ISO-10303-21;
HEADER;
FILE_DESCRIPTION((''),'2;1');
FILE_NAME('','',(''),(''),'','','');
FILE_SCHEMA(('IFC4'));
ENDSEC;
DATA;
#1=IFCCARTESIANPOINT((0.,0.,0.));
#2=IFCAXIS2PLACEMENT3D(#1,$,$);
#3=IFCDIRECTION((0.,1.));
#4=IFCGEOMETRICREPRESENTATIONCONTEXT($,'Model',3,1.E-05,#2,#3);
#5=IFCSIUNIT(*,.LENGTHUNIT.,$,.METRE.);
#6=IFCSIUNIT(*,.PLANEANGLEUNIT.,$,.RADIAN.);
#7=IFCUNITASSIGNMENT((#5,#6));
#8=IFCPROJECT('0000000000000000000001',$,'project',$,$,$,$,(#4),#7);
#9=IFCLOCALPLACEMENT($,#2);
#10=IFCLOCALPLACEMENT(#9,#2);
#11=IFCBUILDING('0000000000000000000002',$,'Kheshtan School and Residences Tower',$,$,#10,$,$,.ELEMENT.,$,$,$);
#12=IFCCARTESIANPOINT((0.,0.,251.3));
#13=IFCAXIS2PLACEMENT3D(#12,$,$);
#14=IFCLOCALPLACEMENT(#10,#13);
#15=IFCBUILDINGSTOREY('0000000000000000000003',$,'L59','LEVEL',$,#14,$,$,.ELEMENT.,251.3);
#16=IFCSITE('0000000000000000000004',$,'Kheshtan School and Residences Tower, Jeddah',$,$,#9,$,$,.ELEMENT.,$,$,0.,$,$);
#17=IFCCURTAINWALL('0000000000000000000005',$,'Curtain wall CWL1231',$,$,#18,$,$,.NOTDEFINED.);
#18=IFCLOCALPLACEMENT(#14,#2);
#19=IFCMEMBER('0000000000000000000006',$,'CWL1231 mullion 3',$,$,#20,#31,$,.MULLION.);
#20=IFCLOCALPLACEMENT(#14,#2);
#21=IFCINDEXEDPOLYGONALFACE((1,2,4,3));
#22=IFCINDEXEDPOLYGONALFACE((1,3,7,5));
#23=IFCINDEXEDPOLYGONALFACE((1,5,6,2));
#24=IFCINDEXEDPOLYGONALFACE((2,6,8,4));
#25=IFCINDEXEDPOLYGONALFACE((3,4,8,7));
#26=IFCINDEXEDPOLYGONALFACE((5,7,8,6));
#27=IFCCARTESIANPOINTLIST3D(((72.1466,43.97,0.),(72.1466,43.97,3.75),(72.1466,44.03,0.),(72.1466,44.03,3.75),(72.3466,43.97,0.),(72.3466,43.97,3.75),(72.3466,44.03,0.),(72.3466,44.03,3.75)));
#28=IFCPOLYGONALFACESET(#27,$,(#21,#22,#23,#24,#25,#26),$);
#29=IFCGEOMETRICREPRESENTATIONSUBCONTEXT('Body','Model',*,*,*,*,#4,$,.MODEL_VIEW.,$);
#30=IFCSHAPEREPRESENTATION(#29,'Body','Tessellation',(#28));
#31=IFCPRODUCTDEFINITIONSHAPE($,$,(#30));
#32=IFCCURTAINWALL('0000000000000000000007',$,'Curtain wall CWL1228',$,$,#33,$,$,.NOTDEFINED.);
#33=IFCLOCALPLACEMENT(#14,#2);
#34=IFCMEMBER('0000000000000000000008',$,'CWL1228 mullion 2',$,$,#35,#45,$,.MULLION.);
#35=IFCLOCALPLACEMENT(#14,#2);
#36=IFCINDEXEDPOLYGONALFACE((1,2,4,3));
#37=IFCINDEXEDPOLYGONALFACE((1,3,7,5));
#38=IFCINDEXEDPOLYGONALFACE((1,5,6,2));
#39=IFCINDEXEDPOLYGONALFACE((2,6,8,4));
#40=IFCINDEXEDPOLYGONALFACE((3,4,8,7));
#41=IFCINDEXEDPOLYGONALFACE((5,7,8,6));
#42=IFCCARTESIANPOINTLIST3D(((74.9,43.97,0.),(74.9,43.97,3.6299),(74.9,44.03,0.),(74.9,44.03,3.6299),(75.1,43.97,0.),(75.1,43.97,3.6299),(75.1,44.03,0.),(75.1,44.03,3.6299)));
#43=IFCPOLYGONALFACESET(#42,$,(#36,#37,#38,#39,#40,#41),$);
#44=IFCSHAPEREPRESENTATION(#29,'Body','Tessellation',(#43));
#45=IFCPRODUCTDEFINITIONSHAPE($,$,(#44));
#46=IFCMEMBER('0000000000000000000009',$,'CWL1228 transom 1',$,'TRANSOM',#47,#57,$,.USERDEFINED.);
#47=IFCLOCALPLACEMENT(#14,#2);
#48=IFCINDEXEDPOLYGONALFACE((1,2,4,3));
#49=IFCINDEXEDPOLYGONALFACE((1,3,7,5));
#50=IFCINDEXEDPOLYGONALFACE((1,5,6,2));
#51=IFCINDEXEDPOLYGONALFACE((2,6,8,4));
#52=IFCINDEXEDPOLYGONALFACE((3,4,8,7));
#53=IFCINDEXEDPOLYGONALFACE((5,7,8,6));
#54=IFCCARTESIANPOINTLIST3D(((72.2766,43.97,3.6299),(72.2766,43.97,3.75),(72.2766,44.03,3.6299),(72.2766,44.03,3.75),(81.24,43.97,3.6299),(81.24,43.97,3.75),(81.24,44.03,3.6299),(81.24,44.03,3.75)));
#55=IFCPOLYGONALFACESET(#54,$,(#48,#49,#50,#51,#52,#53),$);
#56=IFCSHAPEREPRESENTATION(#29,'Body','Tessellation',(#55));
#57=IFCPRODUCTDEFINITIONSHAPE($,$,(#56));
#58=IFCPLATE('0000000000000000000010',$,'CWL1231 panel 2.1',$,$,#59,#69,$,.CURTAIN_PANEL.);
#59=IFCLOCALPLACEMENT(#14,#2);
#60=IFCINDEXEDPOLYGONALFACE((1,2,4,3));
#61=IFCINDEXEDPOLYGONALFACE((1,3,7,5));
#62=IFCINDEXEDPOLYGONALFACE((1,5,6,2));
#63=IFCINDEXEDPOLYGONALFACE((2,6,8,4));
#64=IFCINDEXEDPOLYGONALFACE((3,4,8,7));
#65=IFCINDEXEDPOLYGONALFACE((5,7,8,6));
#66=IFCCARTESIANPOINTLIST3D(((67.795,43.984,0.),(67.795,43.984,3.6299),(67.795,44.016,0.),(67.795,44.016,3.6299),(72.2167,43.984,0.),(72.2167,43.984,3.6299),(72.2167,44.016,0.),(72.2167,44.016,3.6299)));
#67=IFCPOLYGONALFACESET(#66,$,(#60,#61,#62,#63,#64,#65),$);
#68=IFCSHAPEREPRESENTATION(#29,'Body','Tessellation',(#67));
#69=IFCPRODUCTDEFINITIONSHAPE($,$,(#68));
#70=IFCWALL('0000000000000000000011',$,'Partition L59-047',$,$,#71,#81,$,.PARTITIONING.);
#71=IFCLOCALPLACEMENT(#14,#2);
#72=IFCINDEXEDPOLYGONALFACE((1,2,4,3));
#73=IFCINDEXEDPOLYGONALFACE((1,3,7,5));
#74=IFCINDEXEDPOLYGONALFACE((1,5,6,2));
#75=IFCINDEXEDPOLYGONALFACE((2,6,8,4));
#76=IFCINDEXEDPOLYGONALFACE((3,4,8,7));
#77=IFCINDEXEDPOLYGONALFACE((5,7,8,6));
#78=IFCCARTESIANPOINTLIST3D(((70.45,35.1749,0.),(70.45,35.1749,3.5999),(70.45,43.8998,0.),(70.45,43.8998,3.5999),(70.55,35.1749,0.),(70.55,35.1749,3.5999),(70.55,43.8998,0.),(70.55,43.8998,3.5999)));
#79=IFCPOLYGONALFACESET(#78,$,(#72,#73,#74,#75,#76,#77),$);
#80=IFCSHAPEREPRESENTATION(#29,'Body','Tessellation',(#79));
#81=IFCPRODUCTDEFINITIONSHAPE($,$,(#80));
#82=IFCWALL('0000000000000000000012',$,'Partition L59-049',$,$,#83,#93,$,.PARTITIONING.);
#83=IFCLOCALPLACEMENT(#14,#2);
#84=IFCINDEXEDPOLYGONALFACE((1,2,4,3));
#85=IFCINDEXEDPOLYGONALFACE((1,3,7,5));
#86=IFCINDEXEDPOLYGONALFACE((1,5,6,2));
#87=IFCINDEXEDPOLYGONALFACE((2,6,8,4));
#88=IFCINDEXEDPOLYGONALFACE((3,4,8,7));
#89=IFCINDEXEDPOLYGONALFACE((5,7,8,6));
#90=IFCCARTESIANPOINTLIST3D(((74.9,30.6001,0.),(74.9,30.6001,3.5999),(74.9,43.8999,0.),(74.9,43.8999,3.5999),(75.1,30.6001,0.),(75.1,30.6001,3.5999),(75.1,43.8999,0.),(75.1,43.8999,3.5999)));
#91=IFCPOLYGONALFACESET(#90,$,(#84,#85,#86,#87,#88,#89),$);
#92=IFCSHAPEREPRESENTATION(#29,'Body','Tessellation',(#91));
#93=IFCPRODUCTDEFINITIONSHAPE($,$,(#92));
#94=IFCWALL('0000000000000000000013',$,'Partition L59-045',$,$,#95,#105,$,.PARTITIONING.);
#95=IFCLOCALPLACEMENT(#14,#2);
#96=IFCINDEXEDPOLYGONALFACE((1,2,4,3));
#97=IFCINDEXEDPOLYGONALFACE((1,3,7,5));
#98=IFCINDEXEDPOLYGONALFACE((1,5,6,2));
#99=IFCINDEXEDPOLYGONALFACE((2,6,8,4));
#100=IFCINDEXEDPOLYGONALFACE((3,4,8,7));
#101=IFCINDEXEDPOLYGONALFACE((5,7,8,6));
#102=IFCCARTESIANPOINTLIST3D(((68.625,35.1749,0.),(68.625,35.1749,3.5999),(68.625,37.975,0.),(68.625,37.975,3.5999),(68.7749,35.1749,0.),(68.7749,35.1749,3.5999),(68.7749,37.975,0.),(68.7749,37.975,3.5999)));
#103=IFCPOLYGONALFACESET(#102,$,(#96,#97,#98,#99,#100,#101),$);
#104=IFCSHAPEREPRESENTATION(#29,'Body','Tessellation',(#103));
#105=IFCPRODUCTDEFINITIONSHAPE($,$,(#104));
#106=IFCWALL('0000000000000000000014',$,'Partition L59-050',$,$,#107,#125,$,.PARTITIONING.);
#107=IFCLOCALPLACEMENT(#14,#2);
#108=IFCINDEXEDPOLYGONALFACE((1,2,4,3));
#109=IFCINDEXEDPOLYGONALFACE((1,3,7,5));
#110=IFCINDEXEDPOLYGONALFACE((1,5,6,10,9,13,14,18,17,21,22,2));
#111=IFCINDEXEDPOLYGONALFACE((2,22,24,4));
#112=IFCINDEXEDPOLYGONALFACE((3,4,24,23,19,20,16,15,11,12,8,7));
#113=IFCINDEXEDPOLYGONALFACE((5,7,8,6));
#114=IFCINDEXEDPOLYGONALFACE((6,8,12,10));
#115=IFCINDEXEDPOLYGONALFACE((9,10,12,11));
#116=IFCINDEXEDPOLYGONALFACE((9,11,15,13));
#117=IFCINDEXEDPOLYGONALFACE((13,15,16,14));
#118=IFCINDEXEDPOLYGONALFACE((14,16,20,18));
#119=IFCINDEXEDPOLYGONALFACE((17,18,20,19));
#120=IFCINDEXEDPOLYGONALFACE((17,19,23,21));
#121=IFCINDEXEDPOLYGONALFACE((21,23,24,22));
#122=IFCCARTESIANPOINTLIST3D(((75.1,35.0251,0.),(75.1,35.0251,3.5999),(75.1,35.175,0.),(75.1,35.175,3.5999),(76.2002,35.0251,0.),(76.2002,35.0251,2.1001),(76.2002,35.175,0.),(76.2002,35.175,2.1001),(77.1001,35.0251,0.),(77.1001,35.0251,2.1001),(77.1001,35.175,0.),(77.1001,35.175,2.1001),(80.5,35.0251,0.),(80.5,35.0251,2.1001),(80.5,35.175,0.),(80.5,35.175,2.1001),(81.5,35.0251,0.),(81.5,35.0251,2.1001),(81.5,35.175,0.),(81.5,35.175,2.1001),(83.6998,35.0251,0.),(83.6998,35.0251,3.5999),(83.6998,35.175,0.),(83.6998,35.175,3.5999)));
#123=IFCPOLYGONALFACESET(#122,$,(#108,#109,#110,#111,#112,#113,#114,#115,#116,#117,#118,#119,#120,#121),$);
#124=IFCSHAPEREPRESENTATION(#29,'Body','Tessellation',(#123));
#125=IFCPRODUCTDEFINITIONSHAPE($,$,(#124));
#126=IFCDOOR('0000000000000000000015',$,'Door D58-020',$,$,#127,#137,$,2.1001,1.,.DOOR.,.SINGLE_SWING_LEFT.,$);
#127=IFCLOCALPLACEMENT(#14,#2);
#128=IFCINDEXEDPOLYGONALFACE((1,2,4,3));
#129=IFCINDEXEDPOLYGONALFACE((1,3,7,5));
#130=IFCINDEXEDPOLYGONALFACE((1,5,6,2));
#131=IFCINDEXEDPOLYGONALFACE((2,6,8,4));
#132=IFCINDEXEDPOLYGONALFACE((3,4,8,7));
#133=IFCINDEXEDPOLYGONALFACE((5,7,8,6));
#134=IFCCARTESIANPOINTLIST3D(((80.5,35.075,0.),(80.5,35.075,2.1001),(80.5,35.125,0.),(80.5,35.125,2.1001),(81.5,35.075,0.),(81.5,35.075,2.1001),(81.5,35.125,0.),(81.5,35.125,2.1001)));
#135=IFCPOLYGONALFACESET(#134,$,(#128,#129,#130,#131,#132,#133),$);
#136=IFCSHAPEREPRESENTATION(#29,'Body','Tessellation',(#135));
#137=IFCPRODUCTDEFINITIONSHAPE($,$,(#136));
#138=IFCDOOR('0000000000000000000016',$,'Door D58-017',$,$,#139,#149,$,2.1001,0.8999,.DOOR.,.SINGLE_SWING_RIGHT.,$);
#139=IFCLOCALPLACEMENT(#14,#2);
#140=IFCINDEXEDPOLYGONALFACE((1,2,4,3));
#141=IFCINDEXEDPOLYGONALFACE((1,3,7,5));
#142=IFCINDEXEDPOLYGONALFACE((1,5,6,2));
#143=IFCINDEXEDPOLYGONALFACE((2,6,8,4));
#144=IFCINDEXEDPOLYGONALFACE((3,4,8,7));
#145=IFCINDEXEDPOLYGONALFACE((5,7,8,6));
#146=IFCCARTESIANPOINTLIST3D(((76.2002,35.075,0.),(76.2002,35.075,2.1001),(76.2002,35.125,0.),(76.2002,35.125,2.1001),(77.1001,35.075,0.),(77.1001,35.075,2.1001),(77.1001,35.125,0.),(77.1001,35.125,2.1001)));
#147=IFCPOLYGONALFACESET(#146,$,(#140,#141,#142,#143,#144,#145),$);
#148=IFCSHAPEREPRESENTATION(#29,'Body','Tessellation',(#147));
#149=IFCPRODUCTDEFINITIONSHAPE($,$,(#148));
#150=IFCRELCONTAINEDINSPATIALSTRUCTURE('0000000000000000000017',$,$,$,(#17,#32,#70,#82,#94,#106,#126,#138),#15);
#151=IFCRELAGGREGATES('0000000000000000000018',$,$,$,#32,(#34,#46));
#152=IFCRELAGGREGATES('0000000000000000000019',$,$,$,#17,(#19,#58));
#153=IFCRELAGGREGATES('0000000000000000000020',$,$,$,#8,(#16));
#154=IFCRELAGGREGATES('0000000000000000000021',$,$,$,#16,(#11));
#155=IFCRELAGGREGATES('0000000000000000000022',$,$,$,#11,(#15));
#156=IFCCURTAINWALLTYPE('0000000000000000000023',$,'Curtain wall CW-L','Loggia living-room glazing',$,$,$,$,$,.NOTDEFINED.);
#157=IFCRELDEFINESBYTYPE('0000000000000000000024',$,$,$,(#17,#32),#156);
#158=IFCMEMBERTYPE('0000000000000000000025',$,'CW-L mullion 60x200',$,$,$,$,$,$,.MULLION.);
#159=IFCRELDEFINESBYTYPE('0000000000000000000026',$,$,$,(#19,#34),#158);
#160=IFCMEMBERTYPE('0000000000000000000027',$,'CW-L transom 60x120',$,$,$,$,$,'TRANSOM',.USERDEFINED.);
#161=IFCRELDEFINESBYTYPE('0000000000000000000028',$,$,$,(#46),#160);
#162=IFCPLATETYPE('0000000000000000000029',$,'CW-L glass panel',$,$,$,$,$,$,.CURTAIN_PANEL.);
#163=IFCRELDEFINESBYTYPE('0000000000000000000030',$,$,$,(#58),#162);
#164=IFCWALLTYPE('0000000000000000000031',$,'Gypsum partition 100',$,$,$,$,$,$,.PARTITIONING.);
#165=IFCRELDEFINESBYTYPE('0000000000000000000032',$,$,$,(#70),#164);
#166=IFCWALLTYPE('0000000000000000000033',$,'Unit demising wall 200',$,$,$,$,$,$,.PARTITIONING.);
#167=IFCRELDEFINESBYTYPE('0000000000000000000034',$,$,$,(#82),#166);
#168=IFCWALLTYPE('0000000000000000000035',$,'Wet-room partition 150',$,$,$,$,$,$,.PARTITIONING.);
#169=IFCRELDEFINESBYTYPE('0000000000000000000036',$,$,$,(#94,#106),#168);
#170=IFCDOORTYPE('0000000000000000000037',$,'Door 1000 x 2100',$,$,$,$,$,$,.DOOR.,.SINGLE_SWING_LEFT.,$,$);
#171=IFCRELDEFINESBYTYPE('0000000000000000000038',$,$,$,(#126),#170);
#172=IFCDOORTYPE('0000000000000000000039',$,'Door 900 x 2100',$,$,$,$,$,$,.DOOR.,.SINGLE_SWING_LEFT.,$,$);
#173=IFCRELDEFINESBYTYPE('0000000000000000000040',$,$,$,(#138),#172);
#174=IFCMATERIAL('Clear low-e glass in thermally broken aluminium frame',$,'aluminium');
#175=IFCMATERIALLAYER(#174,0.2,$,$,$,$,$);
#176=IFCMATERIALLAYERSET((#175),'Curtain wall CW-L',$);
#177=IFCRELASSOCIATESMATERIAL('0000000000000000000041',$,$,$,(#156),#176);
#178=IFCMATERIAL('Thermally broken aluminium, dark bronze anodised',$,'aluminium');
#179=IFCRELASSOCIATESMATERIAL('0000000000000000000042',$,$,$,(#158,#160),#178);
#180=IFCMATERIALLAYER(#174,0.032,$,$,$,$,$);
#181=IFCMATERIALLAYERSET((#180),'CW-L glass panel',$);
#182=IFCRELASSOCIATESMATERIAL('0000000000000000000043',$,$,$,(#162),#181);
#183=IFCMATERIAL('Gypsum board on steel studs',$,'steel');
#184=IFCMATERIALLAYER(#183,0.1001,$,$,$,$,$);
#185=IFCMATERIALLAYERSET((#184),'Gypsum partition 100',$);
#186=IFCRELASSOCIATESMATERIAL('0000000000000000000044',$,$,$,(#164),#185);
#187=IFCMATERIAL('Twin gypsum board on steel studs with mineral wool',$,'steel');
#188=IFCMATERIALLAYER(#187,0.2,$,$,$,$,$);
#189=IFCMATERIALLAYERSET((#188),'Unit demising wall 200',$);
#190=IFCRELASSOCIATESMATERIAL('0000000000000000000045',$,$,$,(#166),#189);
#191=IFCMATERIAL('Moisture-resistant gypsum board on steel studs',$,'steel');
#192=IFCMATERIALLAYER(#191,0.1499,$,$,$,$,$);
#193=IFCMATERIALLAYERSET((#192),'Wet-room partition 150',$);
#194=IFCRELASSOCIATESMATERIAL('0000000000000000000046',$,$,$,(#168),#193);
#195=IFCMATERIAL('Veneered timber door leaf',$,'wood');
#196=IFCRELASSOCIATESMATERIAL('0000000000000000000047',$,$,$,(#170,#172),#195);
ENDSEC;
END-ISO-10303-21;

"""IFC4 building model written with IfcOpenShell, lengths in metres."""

from ifc_helpers import new_model, si_unit, direction, frame, frame_2d, origin, origin_2d, place, context, subcontext, project, spatial, rectangle, extrude, source, transform, mapped, material, layer, layer_set, material_profile, profile_set, type_object, element, fill, aggregate, save


model = new_model("IFC4")

# Units and contexts
model_context = context("Model", 3, precision=1e-05, world=origin(), true_north=direction((0.0, 1.0)))
body_context = subcontext(model_context, "Body", "Model", "MODEL_VIEW")
ifc_project = project(units=[si_unit("LENGTHUNIT", "METRE"), si_unit("PLANEANGLEUNIT", "RADIAN")], contexts=[model_context])

# Site, building, storey
site_placement = place(None, origin())
site = spatial("IfcSite", under=ifc_project, at=site_placement, Name="Kheshtan School and Residences Tower, Jeddah", CompositionType="ELEMENT", RefElevation=0.0)
building_placement = place(site_placement, origin())
building = spatial("IfcBuilding", under=site, at=building_placement, Name="Kheshtan School and Residences Tower", CompositionType="ELEMENT")
storey_placement = place(building_placement, frame((0.0, 0.0, 251.3)))
storey = spatial("IfcBuildingStorey", under=building, at=storey_placement, Name="L59", Description="LEVEL", CompositionType="ELEMENT", Elevation=251.3)

# Curtain wall, member
ifc_material_1 = material(Name="Clear low-e glass in thermally broken aluminium frame", Category="aluminium")
ifc_layer_1 = layer(ifc_material_1, 0.2)
ifc_layer_set_1 = layer_set([ifc_layer_1], Name="Curtain wall CW-L")
curtain_wall_type = type_object("IfcCurtainWallType", Name="Curtain wall CW-L", Description="Loggia living-room glazing", PredefinedType="NOTDEFINED", material=ifc_layer_set_1)
curtain_wall_1_placement = place(storey_placement, origin())
curtain_wall_1 = element("IfcCurtainWall", 1, at=curtain_wall_1_placement, inside=storey, type_object=curtain_wall_type, Name="Curtain wall CWL1231", PredefinedType="NOTDEFINED")
ifc_material_2 = material(Name="Thermally broken aluminium, dark bronze anodised", Category="aluminium")
ifc_material_profile_1 = material_profile(ifc_material_2, rectangle(XDim=0.0601, YDim=0.2, at=origin_2d()), Name="CW-L mullion 60x200")
ifc_profile_set_1 = profile_set([ifc_material_profile_1], Name="Thermally broken aluminium, dark bronze anodised")
member_type_1 = type_object("IfcMemberType", Name="CW-L mullion 60x200", PredefinedType="MULLION", material=ifc_profile_set_1)
member_1_placement = place(storey_placement, frame((72.2466, 44.0, 0.0), z_axis=(0.0, 0.0, 1.0), x_axis=(0.0, 1.0, 0.0)))
member_1 = element("IfcMember", 2, at=member_1_placement, type_object=member_type_1, Name="CWL1231 mullion 3", PredefinedType="MULLION", context=body_context, shape_type="SweptSolid", body=[
    extrude(rectangle(XDim=0.0601, YDim=0.2, at=origin_2d()), origin(), (0.0, 0.0, 1.0), 3.75),
])

# Curtain wall, members
curtain_wall_2_placement = place(storey_placement, origin())
curtain_wall_2 = element("IfcCurtainWall", 3, at=curtain_wall_2_placement, inside=storey, type_object=curtain_wall_type, Name="Curtain wall CWL1228", PredefinedType="NOTDEFINED")
member_2_placement = place(storey_placement, frame((75.0, 44.0, 0.0), z_axis=(0.0, 0.0, 1.0), x_axis=(0.0, 1.0, 0.0)))
member_2 = element("IfcMember", 4, at=member_2_placement, type_object=member_type_1, Name="CWL1228 mullion 2", PredefinedType="MULLION", context=body_context, shape_type="SweptSolid", body=[
    extrude(rectangle(XDim=0.0601, YDim=0.2, at=origin_2d()), origin(), (0.0, 0.0, 1.0), 3.6299),
])
ifc_material_profile_2 = material_profile(ifc_material_2, rectangle(XDim=0.0601, YDim=0.1201, at=origin_2d()), Name="CW-L transom 60x120")
ifc_profile_set_2 = profile_set([ifc_material_profile_2], Name="Thermally broken aluminium, dark bronze anodised")
member_type_2 = type_object("IfcMemberType", Name="CW-L transom 60x120", ElementType="TRANSOM", PredefinedType="USERDEFINED", material=ifc_profile_set_2)
member_3_placement = place(storey_placement, frame((72.2766, 44.0, 3.6899), z_axis=(1.0, 0.0, 0.0), x_axis=(0.0, 1.0, 0.0)))
member_3 = element("IfcMember", 5, at=member_3_placement, type_object=member_type_2, Name="CWL1228 transom 1", ObjectType="TRANSOM", PredefinedType="USERDEFINED", context=body_context, shape_type="SweptSolid", body=[
    extrude(rectangle(XDim=0.0601, YDim=0.1201, at=origin_2d()), origin(), (0.0, 0.0, 1.0), 8.9634),
])
aggregate(curtain_wall_2, [member_2, member_3])

# Plate
ifc_layer_2 = layer(ifc_material_1, 0.032)
ifc_layer_set_2 = layer_set([ifc_layer_2], Name="CW-L glass panel")
plate_type = type_object("IfcPlateType", Name="CW-L glass panel", PredefinedType="CURTAIN_PANEL", material=ifc_layer_set_2)
plate_placement = place(storey_placement, frame((70.0059, 44.0, 0.0), z_axis=(0.0, 0.0, 1.0), x_axis=(1.0, 0.0, 0.0)))
plate = element("IfcPlate", 6, at=plate_placement, type_object=plate_type, Name="CWL1231 panel 2.1", PredefinedType="CURTAIN_PANEL", context=body_context, shape_type="SweptSolid", body=[
    extrude(rectangle(XDim=4.4216, YDim=0.032, at=origin_2d()), origin(), (0.0, 0.0, 1.0), 3.6299),
])
aggregate(curtain_wall_1, [member_1, plate])

# Walls
ifc_material_3 = material(Name="Gypsum board on steel studs", Category="steel")
ifc_layer_3 = layer(ifc_material_3, 0.1001)
ifc_layer_set_3 = layer_set([ifc_layer_3], Name="Gypsum partition 100")
wall_type_1 = type_object("IfcWallType", Name="Gypsum partition 100", PredefinedType="PARTITIONING", material=ifc_layer_set_3)
wall_1_placement = place(storey_placement, frame((70.5, 35.175, 0.0), z_axis=(0.0, 0.0, 1.0), x_axis=(0.0, 1.0, 0.0)))
element("IfcWall", 7, at=wall_1_placement, inside=storey, type_object=wall_type_1, Name="Partition L59-047", PredefinedType="PARTITIONING", context=body_context, shape_type="SweptSolid", body=[
    extrude(rectangle(XDim=8.7249, YDim=0.1001, at=frame_2d((4.3623, 0.0))), origin(), (0.0, 0.0, 1.0), 3.5999),
])
ifc_material_4 = material(Name="Twin gypsum board on steel studs with mineral wool", Category="steel")
ifc_layer_4 = layer(ifc_material_4, 0.2)
ifc_layer_set_4 = layer_set([ifc_layer_4], Name="Unit demising wall 200")
wall_type_2 = type_object("IfcWallType", Name="Unit demising wall 200", PredefinedType="PARTITIONING", material=ifc_layer_set_4)
wall_2_placement = place(storey_placement, frame((75.0, 30.6001, 0.0), z_axis=(0.0, 0.0, 1.0), x_axis=(0.0, 1.0, 0.0)))
element("IfcWall", 8, at=wall_2_placement, inside=storey, type_object=wall_type_2, Name="Partition L59-049", PredefinedType="PARTITIONING", context=body_context, shape_type="SweptSolid", body=[
    extrude(rectangle(XDim=13.2998, YDim=0.2, at=frame_2d((6.6499, 0.0))), origin(), (0.0, 0.0, 1.0), 3.5999),
])
ifc_material_5 = material(Name="Moisture-resistant gypsum board on steel studs", Category="steel")
ifc_layer_5 = layer(ifc_material_5, 0.1499)
ifc_layer_set_5 = layer_set([ifc_layer_5], Name="Wet-room partition 150")
wall_type_3 = type_object("IfcWallType", Name="Wet-room partition 150", PredefinedType="PARTITIONING", material=ifc_layer_set_5)
wall_3_placement = place(storey_placement, frame((68.7, 35.175, 0.0), z_axis=(0.0, 0.0, 1.0), x_axis=(0.0, 1.0, 0.0)))
element("IfcWall", 9, at=wall_3_placement, inside=storey, type_object=wall_type_3, Name="Partition L59-045", PredefinedType="PARTITIONING", context=body_context, shape_type="SweptSolid", body=[
    extrude(rectangle(XDim=2.8, YDim=0.1499, at=frame_2d((1.3999, 0.0))), origin(), (0.0, 0.0, 1.0), 3.5999),
])

# Wall, openings, doors
wall_4_placement = place(storey_placement, frame((75.1001, 35.1001, 0.0), z_axis=(0.0, 0.0, 1.0), x_axis=(1.0, 0.0, 0.0)))
wall_4 = element("IfcWall", 10, at=wall_4_placement, inside=storey, type_object=wall_type_3, Name="Partition L59-050", PredefinedType="PARTITIONING", context=body_context, shape_type="SweptSolid", body=[
    extrude(rectangle(XDim=8.5999, YDim=0.1499, at=frame_2d((4.2998, 0.0))), origin(), (0.0, 0.0, 1.0), 3.5999),
])
opening_1_placement = place(wall_4_placement, frame((1.1001, 0.0, 0.0)))
opening_1 = element("IfcOpeningElement", 11, at=opening_1_placement, cuts=wall_4, PredefinedType="OPENING", context=body_context, shape_type="SweptSolid", body=[
    extrude(rectangle(XDim=0.8999, YDim=2.1001, at=frame_2d((0.45, 1.05))), frame((0.0, 0.085, 0.0), z_axis=(0.0, -1.0, 0.0), x_axis=(1.0, 0.0, 0.0)), (0.0, 0.0, 1.0), 0.1699),
])
opening_2_placement = place(wall_4_placement, frame((5.3999, 0.0, 0.0)))
opening_2 = element("IfcOpeningElement", 12, at=opening_2_placement, cuts=wall_4, PredefinedType="OPENING", context=body_context, shape_type="SweptSolid", body=[
    extrude(rectangle(XDim=1.0, YDim=2.1001, at=frame_2d((0.5, 1.05))), frame((0.0, 0.085, 0.0), z_axis=(0.0, -1.0, 0.0), x_axis=(1.0, 0.0, 0.0)), (0.0, 0.0, 1.0), 0.1699),
])
ifc_material_6 = material(Name="Veneered timber door leaf", Category="wood")
door_type_1 = type_object("IfcDoorType", Name="Door 1000 x 2100", OperationType="SINGLE_SWING_LEFT", PredefinedType="DOOR", material=ifc_material_6)
shared_shape_1 = source(origin(), body_context, "Body", "SweptSolid", [
    extrude(rectangle(XDim=1.0, YDim=2.1001, at=frame_2d((0.5, 1.05))), frame((0.0, 0.0249, 0.0), z_axis=(0.0, -1.0, 0.0), x_axis=(1.0, 0.0, 0.0)), (0.0, 0.0, 1.0), 0.05),
])
door_1_placement = place(opening_2_placement, origin())
door_1 = element("IfcDoor", 13, at=door_1_placement, inside=storey, type_object=door_type_1, Name="Door D58-020", OperationType="SINGLE_SWING_LEFT", OverallHeight=2.1001, OverallWidth=1.0, PredefinedType="DOOR", context=body_context, shape_type="MappedRepresentation", body=[
    mapped(shared_shape_1, transform((0.0, 0.0, 0.0), x_axis=(1.0, 0.0, 0.0), y_axis=(0.0, 1.0, 0.0), z_axis=(0.0, 0.0, 1.0), scale=1.0)),
])
fill(opening_2, door_1)
door_type_2 = type_object("IfcDoorType", Name="Door 900 x 2100", OperationType="SINGLE_SWING_LEFT", PredefinedType="DOOR", material=ifc_material_6)
shared_shape_2 = source(origin(), body_context, "Body", "SweptSolid", [
    extrude(rectangle(XDim=0.8999, YDim=2.1001, at=frame_2d((0.45, 1.05))), frame((0.0, 0.0249, 0.0), z_axis=(0.0, -1.0, 0.0), x_axis=(1.0, 0.0, 0.0)), (0.0, 0.0, 1.0), 0.05),
])
door_2_placement = place(opening_1_placement, origin())
door_2 = element("IfcDoor", 14, at=door_2_placement, inside=storey, type_object=door_type_2, Name="Door D58-017", OperationType="SINGLE_SWING_RIGHT", OverallHeight=2.1001, OverallWidth=0.8999, PredefinedType="DOOR", context=body_context, shape_type="MappedRepresentation", body=[
    mapped(shared_shape_2, transform((0.0, 0.0, 0.0), x_axis=(1.0, 0.0, 0.0), y_axis=(0.0, 1.0, 0.0), z_axis=(0.0, 0.0, 1.0), scale=1.0)),
])
fill(opening_1, door_2)

save(model, "model.ifc")
